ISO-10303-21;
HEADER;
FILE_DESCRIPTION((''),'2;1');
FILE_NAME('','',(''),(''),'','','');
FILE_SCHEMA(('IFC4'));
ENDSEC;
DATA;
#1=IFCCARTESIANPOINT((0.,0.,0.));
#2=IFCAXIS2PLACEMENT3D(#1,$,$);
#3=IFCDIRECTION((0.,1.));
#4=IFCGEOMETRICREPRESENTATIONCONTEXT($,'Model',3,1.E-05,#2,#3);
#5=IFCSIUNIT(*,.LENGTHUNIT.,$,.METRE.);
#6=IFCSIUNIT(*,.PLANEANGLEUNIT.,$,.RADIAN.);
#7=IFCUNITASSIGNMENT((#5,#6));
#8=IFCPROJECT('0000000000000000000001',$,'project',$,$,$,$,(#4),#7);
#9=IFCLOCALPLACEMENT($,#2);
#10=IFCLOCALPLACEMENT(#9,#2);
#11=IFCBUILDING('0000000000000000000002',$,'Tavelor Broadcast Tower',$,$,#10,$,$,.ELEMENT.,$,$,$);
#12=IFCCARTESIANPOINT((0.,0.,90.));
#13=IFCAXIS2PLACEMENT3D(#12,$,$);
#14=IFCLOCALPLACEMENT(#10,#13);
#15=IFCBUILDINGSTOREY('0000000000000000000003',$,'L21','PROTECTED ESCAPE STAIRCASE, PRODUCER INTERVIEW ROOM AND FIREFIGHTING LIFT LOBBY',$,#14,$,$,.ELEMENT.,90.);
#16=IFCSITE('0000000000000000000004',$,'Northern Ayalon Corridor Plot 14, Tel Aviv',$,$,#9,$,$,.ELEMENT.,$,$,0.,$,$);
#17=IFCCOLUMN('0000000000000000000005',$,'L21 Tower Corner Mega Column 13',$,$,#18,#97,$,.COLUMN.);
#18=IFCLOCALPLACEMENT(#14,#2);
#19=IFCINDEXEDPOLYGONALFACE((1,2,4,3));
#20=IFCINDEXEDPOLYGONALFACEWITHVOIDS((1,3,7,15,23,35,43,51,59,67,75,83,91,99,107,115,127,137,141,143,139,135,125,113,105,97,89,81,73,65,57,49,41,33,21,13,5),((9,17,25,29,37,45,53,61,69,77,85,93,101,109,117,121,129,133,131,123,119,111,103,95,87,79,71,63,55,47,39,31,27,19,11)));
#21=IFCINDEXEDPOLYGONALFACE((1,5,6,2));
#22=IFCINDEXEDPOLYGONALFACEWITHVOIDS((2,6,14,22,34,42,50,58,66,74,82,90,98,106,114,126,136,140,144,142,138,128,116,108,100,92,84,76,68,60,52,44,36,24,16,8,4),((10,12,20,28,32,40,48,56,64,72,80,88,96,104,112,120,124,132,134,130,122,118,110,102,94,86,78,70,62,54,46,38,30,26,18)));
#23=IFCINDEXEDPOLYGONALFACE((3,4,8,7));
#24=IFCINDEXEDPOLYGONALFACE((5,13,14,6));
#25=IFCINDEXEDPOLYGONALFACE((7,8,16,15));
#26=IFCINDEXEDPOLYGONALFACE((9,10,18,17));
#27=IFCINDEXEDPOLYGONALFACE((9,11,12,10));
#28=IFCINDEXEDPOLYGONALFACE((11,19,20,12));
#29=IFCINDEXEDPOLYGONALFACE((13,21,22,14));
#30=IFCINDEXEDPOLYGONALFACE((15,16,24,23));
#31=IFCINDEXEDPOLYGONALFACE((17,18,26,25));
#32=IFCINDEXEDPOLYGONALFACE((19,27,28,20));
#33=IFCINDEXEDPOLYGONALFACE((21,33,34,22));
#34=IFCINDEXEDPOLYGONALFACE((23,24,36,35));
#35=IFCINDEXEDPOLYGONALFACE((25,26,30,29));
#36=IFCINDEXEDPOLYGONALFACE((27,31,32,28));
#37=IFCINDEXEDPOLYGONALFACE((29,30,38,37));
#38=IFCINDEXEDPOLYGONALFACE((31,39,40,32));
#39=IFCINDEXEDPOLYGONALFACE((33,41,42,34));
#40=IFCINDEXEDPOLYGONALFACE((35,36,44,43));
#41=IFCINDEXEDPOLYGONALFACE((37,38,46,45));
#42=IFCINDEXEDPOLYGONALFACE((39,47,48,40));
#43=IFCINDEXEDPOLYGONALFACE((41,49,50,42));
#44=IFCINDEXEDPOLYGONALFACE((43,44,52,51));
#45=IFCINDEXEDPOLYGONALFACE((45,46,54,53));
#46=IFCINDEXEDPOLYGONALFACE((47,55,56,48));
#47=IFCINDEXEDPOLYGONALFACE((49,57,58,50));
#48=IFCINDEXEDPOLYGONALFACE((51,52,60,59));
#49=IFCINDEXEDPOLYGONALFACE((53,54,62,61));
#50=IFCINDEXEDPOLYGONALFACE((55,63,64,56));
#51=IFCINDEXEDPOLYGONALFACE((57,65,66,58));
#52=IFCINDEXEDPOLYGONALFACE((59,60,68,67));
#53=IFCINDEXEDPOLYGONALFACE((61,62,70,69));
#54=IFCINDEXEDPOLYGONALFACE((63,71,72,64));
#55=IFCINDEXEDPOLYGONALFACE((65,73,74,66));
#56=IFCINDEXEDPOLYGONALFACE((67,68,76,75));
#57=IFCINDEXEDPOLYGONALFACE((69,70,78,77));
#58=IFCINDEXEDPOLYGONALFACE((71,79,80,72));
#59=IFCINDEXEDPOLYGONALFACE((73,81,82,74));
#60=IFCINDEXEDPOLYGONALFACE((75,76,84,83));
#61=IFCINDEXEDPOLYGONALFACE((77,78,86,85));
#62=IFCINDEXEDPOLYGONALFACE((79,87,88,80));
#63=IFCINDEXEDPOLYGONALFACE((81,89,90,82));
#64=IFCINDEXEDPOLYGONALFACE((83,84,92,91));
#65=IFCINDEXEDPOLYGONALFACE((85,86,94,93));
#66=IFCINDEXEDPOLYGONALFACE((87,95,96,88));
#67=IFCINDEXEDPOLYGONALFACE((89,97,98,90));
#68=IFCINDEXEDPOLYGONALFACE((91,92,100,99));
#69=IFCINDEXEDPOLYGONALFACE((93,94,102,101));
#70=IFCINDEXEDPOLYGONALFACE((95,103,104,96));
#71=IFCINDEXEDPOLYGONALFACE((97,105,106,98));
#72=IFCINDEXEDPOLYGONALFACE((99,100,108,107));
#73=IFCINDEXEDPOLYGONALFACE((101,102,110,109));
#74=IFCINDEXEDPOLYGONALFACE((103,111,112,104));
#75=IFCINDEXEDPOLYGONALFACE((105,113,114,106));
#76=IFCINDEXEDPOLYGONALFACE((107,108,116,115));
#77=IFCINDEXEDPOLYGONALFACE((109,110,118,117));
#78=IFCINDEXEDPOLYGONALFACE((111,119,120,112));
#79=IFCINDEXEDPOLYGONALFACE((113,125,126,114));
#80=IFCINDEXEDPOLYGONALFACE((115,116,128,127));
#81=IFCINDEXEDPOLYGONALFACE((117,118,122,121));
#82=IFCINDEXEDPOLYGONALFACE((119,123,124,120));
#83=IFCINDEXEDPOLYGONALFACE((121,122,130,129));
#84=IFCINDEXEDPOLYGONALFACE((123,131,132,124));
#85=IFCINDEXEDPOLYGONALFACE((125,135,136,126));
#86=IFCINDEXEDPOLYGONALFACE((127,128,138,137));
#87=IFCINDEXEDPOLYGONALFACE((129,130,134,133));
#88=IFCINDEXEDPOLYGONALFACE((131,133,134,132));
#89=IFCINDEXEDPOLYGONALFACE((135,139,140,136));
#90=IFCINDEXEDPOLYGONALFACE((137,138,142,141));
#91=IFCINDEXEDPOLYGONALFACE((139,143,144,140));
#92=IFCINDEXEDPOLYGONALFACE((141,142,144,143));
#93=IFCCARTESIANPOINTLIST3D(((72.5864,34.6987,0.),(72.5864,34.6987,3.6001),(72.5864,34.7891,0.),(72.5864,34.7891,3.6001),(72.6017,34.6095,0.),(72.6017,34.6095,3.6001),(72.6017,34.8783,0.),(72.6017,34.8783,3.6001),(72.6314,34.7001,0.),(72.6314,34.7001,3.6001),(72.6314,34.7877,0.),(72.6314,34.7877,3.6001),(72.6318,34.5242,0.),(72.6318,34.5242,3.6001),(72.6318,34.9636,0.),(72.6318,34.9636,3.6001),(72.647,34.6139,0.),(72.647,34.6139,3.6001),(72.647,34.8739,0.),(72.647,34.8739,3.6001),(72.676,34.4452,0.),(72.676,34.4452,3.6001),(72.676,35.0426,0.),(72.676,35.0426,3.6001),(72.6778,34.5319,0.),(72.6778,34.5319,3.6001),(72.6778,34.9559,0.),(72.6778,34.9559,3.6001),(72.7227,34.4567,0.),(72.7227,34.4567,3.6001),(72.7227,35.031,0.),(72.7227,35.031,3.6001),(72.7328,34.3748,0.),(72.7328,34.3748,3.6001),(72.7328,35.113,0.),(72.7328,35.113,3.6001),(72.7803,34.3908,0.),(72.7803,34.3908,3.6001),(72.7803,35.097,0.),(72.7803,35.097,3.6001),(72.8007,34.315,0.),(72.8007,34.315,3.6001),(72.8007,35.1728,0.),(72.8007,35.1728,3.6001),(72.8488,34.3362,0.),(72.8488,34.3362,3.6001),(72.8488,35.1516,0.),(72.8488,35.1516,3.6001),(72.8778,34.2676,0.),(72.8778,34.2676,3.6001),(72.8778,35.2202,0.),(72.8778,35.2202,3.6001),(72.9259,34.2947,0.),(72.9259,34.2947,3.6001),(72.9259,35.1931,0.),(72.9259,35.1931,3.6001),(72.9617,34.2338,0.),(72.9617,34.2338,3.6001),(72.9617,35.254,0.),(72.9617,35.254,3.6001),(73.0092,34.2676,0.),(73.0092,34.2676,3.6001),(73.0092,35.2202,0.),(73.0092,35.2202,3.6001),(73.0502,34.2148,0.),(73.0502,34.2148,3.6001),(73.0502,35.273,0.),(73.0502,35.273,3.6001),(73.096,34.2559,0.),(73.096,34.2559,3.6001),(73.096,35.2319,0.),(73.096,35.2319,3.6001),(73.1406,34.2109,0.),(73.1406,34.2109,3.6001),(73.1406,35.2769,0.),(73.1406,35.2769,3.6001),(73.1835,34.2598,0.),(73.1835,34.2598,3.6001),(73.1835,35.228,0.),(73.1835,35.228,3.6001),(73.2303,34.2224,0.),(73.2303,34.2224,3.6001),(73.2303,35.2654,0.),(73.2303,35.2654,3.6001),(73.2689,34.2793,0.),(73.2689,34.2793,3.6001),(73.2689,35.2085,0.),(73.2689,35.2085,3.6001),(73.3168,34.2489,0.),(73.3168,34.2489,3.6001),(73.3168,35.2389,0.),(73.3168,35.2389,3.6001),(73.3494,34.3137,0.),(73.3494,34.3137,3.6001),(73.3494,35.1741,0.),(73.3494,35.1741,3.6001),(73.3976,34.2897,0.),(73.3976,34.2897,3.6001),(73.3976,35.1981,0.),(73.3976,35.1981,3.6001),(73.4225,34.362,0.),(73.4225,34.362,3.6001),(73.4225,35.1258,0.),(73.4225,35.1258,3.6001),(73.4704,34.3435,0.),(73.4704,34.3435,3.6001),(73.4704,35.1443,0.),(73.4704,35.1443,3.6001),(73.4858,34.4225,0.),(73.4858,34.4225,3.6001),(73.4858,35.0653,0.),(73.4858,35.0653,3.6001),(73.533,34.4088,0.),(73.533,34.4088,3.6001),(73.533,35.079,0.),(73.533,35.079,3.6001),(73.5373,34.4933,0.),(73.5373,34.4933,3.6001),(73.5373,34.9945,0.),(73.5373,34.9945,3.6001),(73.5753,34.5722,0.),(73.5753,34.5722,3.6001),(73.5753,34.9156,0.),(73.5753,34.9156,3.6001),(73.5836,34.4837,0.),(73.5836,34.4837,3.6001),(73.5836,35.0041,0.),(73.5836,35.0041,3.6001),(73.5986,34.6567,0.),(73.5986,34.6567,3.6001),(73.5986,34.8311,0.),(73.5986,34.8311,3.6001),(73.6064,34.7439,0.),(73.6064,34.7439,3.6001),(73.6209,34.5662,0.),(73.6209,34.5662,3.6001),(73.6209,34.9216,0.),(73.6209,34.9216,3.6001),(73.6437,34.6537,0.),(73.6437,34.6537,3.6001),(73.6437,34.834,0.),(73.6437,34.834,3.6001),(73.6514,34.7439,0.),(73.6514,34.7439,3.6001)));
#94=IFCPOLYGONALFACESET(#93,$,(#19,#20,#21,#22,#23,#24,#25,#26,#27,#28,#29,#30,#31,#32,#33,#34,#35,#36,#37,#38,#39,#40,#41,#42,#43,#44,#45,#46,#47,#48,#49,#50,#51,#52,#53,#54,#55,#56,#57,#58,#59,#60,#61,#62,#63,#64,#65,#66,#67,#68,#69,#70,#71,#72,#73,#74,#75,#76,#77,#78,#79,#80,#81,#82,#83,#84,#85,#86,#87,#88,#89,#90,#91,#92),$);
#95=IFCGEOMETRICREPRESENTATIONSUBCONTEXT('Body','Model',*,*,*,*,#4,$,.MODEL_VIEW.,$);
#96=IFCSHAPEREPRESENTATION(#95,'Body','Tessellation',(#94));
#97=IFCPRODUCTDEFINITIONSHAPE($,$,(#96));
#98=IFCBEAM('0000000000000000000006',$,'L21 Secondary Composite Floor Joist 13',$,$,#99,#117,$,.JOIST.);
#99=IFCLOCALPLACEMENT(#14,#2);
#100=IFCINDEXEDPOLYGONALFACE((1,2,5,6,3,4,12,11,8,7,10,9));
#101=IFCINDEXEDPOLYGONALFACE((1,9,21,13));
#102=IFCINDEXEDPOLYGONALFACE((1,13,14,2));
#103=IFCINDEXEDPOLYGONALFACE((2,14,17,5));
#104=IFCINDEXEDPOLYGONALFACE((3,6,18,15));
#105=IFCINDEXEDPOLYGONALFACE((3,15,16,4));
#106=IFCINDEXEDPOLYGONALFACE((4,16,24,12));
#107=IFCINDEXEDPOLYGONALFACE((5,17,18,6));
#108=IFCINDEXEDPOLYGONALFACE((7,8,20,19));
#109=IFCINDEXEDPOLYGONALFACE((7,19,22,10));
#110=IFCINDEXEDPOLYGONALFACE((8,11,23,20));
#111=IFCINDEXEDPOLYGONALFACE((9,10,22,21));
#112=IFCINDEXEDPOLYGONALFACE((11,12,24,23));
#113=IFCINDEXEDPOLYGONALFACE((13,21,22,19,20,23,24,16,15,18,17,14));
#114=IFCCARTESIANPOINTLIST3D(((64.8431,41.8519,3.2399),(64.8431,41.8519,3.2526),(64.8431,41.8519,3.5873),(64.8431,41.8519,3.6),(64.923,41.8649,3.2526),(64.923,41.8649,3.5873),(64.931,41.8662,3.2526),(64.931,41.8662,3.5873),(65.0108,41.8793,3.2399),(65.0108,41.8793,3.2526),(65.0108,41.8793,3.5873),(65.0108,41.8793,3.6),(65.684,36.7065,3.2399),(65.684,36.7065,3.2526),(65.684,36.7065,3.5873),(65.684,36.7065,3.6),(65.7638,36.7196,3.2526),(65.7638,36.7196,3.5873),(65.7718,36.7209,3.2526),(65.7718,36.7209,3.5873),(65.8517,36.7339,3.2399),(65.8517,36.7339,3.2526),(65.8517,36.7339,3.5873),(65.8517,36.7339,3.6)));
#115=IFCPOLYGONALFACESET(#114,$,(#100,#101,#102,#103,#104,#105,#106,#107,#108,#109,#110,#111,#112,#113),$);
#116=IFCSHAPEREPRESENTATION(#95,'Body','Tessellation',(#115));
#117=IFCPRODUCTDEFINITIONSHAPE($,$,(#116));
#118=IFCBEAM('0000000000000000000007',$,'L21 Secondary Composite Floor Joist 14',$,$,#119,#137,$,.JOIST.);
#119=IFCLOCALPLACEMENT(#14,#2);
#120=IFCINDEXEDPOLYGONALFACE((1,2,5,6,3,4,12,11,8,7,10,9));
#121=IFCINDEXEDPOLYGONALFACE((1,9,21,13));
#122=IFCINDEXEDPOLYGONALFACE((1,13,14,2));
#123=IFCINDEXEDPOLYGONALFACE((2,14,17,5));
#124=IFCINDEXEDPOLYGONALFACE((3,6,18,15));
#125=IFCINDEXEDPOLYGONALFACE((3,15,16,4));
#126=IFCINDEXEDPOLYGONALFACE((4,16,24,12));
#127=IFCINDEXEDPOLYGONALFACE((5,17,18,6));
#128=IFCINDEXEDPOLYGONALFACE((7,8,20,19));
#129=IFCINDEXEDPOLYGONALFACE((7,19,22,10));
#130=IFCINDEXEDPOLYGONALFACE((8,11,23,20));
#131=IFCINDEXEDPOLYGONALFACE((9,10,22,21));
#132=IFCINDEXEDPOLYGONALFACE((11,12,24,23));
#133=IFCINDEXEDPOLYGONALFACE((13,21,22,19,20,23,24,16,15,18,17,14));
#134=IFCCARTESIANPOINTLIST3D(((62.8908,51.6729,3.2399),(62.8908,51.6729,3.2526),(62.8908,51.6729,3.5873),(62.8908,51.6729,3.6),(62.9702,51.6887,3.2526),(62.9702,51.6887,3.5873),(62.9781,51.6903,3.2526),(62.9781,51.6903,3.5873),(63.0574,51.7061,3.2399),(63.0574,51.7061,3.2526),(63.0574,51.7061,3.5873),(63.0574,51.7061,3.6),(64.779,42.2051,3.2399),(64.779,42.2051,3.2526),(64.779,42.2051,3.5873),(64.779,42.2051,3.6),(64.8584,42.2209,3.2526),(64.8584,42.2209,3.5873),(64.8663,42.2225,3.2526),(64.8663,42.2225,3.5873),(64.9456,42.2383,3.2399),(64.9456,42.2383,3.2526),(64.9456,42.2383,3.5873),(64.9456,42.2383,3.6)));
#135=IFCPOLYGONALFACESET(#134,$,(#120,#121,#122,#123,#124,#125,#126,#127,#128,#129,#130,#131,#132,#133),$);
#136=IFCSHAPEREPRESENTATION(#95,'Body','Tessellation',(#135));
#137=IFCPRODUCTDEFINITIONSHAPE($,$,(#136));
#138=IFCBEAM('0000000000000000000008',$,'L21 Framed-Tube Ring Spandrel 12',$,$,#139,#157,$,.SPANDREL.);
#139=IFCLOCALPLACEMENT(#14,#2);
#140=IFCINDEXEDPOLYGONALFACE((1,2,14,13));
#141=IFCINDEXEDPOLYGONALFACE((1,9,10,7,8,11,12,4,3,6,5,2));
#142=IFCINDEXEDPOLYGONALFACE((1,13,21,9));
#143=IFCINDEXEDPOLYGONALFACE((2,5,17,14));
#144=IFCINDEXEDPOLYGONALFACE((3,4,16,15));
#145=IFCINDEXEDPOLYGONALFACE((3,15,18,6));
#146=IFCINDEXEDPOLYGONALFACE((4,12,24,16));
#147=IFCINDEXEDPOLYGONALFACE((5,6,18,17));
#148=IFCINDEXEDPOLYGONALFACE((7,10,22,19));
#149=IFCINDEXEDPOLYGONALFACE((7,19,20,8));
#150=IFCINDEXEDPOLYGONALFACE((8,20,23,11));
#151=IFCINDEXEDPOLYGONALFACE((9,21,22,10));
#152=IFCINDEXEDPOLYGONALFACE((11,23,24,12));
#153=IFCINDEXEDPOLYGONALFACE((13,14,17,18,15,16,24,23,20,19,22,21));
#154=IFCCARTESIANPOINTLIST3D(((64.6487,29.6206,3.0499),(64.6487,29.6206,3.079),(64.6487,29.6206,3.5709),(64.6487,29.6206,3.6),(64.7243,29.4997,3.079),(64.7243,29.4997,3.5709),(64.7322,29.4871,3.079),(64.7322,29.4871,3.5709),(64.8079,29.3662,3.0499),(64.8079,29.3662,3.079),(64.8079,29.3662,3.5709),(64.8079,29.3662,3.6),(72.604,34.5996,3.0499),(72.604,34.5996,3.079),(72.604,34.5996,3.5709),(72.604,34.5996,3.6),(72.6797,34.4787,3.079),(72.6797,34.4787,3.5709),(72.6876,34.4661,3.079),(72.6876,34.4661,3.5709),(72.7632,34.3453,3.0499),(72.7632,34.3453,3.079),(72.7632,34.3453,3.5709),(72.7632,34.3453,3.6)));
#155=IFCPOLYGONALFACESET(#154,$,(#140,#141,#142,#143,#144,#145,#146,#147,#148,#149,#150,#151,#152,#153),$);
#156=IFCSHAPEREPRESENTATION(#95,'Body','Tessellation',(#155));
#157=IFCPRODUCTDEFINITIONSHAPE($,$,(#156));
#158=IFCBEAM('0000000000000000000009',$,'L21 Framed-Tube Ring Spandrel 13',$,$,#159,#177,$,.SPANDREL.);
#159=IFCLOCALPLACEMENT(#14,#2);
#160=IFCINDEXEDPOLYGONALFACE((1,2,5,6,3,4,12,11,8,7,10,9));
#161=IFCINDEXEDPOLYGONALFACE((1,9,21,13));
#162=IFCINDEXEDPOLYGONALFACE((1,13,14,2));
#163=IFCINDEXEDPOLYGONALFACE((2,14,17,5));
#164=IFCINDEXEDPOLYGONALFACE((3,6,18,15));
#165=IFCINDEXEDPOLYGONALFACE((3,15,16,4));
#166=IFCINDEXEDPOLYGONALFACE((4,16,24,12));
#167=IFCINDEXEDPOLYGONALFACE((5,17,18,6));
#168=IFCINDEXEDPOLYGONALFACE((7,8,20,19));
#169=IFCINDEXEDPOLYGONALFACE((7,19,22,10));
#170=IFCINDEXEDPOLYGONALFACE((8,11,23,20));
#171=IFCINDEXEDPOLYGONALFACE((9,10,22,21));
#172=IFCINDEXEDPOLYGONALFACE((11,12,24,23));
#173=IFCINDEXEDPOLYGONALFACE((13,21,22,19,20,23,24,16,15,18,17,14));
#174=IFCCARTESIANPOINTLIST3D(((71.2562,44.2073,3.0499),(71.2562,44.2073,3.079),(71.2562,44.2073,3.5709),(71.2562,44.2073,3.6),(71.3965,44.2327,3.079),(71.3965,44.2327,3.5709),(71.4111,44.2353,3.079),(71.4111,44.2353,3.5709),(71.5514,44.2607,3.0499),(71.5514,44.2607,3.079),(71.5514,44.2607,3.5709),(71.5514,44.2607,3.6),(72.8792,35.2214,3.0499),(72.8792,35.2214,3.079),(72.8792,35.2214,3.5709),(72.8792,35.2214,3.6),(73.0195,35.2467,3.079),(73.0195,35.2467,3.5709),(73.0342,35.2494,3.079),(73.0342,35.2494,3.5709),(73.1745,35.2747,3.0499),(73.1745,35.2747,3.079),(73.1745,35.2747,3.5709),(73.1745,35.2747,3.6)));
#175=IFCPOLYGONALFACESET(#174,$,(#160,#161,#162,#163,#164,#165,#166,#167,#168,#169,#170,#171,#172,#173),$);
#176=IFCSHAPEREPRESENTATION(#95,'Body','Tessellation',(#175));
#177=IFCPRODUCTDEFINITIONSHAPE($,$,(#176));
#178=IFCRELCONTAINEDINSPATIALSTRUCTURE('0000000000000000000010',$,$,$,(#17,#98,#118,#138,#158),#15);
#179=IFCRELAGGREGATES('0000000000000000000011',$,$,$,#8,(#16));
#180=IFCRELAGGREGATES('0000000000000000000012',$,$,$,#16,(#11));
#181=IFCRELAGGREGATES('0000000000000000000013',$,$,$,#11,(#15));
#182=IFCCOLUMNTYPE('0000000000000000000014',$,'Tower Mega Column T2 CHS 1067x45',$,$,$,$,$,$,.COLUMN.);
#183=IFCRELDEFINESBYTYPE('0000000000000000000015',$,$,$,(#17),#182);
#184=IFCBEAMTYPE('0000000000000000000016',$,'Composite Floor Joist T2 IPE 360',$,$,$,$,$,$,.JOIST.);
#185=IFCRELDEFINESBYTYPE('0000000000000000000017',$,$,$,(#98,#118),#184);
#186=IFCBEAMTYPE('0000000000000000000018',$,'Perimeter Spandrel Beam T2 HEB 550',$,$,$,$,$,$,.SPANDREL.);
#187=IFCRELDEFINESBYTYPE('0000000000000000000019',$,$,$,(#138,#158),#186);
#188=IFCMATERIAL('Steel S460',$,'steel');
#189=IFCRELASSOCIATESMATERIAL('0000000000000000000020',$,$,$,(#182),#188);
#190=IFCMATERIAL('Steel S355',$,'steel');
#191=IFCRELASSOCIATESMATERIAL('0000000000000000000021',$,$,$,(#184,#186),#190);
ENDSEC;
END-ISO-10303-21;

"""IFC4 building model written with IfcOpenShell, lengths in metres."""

from ifc_helpers import new_model, si_unit, direction, frame, origin, origin_2d, place, context, subcontext, project, spatial, hollow_circle, i_section, extrude, material, material_profile, profile_set, type_object, element, save


model = new_model("IFC4")

# Units and contexts
model_context = context("Model", 3, precision=1e-05, world=origin(), true_north=direction((0.0, 1.0)))
body_context = subcontext(model_context, "Body", "Model", "MODEL_VIEW")
ifc_project = project(units=[si_unit("LENGTHUNIT", "METRE"), si_unit("PLANEANGLEUNIT", "RADIAN")], contexts=[model_context])

# Site, building, storey
site_placement = place(None, origin())
site = spatial("IfcSite", under=ifc_project, at=site_placement, Name="Northern Ayalon Corridor Plot 14, Tel Aviv", CompositionType="ELEMENT", RefElevation=0.0)
building_placement = place(site_placement, origin())
building = spatial("IfcBuilding", under=site, at=building_placement, Name="Tavelor Broadcast Tower", CompositionType="ELEMENT")
storey_placement = place(building_placement, frame((0.0, 0.0, 90.0)))
storey = spatial("IfcBuildingStorey", under=building, at=storey_placement, Name="L21", Description="PROTECTED ESCAPE STAIRCASE, PRODUCER INTERVIEW ROOM AND FIREFIGHTING LIFT LOBBY", CompositionType="ELEMENT", Elevation=90.0)

# Column
ifc_material_1 = material(Name="Steel S460", Category="steel")
ifc_material_profile_1 = material_profile(ifc_material_1, hollow_circle(Radius=0.5334, WallThickness=0.0449, at=origin_2d()), Name="CHS 1067x45")
ifc_profile_set_1 = profile_set([ifc_material_profile_1], Name="Steel S460")
column_type = type_object("IfcColumnType", Name="Tower Mega Column T2 CHS 1067x45", PredefinedType="COLUMN", material=ifc_profile_set_1)
column_placement = place(storey_placement, frame((73.1179, 34.7439, 0.0), z_axis=(0.0, 0.0, 1.0), x_axis=(1.0, 0.0, 0.0)))
element("IfcColumn", 1, at=column_placement, inside=storey, type_object=column_type, Name="L21 Tower Corner Mega Column 13", PredefinedType="COLUMN", context=body_context, shape_type="SweptSolid", body=[
    extrude(hollow_circle(Radius=0.5334, WallThickness=0.0449, at=origin_2d()), origin(), (0.0, 0.0, 1.0), 3.6001),
])

# Beams
ifc_material_2 = material(Name="Steel S355", Category="steel")
ifc_material_profile_2 = material_profile(ifc_material_2, i_section(OverallWidth=0.1699, OverallDepth=0.3601, WebThickness=0.0081, FlangeThickness=0.0127, at=origin_2d()), Name="IPE 360")
ifc_profile_set_2 = profile_set([ifc_material_profile_2], Name="Steel S355")
beam_type_1 = type_object("IfcBeamType", Name="Composite Floor Joist T2 IPE 360", PredefinedType="JOIST", material=ifc_profile_set_2)
beam_1_placement = place(storey_placement, frame((65.7678, 36.7202, 3.4199), z_axis=(-0.161277, 0.986909, 0.0), x_axis=(-0.986909, -0.161277, 0.0)))
element("IfcBeam", 2, at=beam_1_placement, inside=storey, type_object=beam_type_1, Name="L21 Secondary Composite Floor Joist 13", PredefinedType="JOIST", context=body_context, shape_type="SweptSolid", body=[
    extrude(i_section(OverallWidth=0.1699, OverallDepth=0.3601, WebThickness=0.0081, FlangeThickness=0.0127, at=origin_2d()), origin(), (0.0, 0.0, 1.0), 5.2136),
])
beam_2_placement = place(storey_placement, frame((64.8623, 42.2217, 3.4199), z_axis=(-0.195581, 0.980688, 0.0), x_axis=(-0.980688, -0.195581, 0.0)))
element("IfcBeam", 3, at=beam_2_placement, inside=storey, type_object=beam_type_1, Name="L21 Secondary Composite Floor Joist 14", PredefinedType="JOIST", context=body_context, shape_type="SweptSolid", body=[
    extrude(i_section(OverallWidth=0.1699, OverallDepth=0.3601, WebThickness=0.0081, FlangeThickness=0.0127, at=origin_2d()), origin(), (0.0, 0.0, 1.0), 9.6543),
])
ifc_material_profile_3 = material_profile(ifc_material_2, i_section(OverallWidth=0.3, OverallDepth=0.55, WebThickness=0.0149, FlangeThickness=0.0291, at=origin_2d()), Name="HEB 550")
ifc_profile_set_3 = profile_set([ifc_material_profile_3], Name="Steel S355")
beam_type_2 = type_object("IfcBeamType", Name="Perimeter Spandrel Beam T2 HEB 550", PredefinedType="SPANDREL", material=ifc_profile_set_3)
beam_3_placement = place(storey_placement, frame((64.7283, 29.4934, 3.325), z_axis=(0.847666, 0.53053, 0.0), x_axis=(-0.53053, 0.847666, 0.0)))
element("IfcBeam", 4, at=beam_3_placement, inside=storey, type_object=beam_type_2, Name="L21 Framed-Tube Ring Spandrel 12", PredefinedType="SPANDREL", context=body_context, shape_type="SweptSolid", body=[
    extrude(i_section(OverallWidth=0.3, OverallDepth=0.55, WebThickness=0.0149, FlangeThickness=0.0291, at=origin_2d()), origin(), (0.0, 0.0, 1.0), 9.385),
])
beam_4_placement = place(storey_placement, frame((73.0269, 35.248, 3.325), z_axis=(-0.177747, 0.984076, 0.0), x_axis=(-0.984076, -0.177747, 0.0)))
element("IfcBeam", 5, at=beam_4_placement, inside=storey, type_object=beam_type_2, Name="L21 Framed-Tube Ring Spandrel 13", PredefinedType="SPANDREL", context=body_context, shape_type="SweptSolid", body=[
    extrude(i_section(OverallWidth=0.3, OverallDepth=0.55, WebThickness=0.0149, FlangeThickness=0.0291, at=origin_2d()), origin(), (0.0, 0.0, 1.0), 9.1313),
])

save(model, "model.ifc")
